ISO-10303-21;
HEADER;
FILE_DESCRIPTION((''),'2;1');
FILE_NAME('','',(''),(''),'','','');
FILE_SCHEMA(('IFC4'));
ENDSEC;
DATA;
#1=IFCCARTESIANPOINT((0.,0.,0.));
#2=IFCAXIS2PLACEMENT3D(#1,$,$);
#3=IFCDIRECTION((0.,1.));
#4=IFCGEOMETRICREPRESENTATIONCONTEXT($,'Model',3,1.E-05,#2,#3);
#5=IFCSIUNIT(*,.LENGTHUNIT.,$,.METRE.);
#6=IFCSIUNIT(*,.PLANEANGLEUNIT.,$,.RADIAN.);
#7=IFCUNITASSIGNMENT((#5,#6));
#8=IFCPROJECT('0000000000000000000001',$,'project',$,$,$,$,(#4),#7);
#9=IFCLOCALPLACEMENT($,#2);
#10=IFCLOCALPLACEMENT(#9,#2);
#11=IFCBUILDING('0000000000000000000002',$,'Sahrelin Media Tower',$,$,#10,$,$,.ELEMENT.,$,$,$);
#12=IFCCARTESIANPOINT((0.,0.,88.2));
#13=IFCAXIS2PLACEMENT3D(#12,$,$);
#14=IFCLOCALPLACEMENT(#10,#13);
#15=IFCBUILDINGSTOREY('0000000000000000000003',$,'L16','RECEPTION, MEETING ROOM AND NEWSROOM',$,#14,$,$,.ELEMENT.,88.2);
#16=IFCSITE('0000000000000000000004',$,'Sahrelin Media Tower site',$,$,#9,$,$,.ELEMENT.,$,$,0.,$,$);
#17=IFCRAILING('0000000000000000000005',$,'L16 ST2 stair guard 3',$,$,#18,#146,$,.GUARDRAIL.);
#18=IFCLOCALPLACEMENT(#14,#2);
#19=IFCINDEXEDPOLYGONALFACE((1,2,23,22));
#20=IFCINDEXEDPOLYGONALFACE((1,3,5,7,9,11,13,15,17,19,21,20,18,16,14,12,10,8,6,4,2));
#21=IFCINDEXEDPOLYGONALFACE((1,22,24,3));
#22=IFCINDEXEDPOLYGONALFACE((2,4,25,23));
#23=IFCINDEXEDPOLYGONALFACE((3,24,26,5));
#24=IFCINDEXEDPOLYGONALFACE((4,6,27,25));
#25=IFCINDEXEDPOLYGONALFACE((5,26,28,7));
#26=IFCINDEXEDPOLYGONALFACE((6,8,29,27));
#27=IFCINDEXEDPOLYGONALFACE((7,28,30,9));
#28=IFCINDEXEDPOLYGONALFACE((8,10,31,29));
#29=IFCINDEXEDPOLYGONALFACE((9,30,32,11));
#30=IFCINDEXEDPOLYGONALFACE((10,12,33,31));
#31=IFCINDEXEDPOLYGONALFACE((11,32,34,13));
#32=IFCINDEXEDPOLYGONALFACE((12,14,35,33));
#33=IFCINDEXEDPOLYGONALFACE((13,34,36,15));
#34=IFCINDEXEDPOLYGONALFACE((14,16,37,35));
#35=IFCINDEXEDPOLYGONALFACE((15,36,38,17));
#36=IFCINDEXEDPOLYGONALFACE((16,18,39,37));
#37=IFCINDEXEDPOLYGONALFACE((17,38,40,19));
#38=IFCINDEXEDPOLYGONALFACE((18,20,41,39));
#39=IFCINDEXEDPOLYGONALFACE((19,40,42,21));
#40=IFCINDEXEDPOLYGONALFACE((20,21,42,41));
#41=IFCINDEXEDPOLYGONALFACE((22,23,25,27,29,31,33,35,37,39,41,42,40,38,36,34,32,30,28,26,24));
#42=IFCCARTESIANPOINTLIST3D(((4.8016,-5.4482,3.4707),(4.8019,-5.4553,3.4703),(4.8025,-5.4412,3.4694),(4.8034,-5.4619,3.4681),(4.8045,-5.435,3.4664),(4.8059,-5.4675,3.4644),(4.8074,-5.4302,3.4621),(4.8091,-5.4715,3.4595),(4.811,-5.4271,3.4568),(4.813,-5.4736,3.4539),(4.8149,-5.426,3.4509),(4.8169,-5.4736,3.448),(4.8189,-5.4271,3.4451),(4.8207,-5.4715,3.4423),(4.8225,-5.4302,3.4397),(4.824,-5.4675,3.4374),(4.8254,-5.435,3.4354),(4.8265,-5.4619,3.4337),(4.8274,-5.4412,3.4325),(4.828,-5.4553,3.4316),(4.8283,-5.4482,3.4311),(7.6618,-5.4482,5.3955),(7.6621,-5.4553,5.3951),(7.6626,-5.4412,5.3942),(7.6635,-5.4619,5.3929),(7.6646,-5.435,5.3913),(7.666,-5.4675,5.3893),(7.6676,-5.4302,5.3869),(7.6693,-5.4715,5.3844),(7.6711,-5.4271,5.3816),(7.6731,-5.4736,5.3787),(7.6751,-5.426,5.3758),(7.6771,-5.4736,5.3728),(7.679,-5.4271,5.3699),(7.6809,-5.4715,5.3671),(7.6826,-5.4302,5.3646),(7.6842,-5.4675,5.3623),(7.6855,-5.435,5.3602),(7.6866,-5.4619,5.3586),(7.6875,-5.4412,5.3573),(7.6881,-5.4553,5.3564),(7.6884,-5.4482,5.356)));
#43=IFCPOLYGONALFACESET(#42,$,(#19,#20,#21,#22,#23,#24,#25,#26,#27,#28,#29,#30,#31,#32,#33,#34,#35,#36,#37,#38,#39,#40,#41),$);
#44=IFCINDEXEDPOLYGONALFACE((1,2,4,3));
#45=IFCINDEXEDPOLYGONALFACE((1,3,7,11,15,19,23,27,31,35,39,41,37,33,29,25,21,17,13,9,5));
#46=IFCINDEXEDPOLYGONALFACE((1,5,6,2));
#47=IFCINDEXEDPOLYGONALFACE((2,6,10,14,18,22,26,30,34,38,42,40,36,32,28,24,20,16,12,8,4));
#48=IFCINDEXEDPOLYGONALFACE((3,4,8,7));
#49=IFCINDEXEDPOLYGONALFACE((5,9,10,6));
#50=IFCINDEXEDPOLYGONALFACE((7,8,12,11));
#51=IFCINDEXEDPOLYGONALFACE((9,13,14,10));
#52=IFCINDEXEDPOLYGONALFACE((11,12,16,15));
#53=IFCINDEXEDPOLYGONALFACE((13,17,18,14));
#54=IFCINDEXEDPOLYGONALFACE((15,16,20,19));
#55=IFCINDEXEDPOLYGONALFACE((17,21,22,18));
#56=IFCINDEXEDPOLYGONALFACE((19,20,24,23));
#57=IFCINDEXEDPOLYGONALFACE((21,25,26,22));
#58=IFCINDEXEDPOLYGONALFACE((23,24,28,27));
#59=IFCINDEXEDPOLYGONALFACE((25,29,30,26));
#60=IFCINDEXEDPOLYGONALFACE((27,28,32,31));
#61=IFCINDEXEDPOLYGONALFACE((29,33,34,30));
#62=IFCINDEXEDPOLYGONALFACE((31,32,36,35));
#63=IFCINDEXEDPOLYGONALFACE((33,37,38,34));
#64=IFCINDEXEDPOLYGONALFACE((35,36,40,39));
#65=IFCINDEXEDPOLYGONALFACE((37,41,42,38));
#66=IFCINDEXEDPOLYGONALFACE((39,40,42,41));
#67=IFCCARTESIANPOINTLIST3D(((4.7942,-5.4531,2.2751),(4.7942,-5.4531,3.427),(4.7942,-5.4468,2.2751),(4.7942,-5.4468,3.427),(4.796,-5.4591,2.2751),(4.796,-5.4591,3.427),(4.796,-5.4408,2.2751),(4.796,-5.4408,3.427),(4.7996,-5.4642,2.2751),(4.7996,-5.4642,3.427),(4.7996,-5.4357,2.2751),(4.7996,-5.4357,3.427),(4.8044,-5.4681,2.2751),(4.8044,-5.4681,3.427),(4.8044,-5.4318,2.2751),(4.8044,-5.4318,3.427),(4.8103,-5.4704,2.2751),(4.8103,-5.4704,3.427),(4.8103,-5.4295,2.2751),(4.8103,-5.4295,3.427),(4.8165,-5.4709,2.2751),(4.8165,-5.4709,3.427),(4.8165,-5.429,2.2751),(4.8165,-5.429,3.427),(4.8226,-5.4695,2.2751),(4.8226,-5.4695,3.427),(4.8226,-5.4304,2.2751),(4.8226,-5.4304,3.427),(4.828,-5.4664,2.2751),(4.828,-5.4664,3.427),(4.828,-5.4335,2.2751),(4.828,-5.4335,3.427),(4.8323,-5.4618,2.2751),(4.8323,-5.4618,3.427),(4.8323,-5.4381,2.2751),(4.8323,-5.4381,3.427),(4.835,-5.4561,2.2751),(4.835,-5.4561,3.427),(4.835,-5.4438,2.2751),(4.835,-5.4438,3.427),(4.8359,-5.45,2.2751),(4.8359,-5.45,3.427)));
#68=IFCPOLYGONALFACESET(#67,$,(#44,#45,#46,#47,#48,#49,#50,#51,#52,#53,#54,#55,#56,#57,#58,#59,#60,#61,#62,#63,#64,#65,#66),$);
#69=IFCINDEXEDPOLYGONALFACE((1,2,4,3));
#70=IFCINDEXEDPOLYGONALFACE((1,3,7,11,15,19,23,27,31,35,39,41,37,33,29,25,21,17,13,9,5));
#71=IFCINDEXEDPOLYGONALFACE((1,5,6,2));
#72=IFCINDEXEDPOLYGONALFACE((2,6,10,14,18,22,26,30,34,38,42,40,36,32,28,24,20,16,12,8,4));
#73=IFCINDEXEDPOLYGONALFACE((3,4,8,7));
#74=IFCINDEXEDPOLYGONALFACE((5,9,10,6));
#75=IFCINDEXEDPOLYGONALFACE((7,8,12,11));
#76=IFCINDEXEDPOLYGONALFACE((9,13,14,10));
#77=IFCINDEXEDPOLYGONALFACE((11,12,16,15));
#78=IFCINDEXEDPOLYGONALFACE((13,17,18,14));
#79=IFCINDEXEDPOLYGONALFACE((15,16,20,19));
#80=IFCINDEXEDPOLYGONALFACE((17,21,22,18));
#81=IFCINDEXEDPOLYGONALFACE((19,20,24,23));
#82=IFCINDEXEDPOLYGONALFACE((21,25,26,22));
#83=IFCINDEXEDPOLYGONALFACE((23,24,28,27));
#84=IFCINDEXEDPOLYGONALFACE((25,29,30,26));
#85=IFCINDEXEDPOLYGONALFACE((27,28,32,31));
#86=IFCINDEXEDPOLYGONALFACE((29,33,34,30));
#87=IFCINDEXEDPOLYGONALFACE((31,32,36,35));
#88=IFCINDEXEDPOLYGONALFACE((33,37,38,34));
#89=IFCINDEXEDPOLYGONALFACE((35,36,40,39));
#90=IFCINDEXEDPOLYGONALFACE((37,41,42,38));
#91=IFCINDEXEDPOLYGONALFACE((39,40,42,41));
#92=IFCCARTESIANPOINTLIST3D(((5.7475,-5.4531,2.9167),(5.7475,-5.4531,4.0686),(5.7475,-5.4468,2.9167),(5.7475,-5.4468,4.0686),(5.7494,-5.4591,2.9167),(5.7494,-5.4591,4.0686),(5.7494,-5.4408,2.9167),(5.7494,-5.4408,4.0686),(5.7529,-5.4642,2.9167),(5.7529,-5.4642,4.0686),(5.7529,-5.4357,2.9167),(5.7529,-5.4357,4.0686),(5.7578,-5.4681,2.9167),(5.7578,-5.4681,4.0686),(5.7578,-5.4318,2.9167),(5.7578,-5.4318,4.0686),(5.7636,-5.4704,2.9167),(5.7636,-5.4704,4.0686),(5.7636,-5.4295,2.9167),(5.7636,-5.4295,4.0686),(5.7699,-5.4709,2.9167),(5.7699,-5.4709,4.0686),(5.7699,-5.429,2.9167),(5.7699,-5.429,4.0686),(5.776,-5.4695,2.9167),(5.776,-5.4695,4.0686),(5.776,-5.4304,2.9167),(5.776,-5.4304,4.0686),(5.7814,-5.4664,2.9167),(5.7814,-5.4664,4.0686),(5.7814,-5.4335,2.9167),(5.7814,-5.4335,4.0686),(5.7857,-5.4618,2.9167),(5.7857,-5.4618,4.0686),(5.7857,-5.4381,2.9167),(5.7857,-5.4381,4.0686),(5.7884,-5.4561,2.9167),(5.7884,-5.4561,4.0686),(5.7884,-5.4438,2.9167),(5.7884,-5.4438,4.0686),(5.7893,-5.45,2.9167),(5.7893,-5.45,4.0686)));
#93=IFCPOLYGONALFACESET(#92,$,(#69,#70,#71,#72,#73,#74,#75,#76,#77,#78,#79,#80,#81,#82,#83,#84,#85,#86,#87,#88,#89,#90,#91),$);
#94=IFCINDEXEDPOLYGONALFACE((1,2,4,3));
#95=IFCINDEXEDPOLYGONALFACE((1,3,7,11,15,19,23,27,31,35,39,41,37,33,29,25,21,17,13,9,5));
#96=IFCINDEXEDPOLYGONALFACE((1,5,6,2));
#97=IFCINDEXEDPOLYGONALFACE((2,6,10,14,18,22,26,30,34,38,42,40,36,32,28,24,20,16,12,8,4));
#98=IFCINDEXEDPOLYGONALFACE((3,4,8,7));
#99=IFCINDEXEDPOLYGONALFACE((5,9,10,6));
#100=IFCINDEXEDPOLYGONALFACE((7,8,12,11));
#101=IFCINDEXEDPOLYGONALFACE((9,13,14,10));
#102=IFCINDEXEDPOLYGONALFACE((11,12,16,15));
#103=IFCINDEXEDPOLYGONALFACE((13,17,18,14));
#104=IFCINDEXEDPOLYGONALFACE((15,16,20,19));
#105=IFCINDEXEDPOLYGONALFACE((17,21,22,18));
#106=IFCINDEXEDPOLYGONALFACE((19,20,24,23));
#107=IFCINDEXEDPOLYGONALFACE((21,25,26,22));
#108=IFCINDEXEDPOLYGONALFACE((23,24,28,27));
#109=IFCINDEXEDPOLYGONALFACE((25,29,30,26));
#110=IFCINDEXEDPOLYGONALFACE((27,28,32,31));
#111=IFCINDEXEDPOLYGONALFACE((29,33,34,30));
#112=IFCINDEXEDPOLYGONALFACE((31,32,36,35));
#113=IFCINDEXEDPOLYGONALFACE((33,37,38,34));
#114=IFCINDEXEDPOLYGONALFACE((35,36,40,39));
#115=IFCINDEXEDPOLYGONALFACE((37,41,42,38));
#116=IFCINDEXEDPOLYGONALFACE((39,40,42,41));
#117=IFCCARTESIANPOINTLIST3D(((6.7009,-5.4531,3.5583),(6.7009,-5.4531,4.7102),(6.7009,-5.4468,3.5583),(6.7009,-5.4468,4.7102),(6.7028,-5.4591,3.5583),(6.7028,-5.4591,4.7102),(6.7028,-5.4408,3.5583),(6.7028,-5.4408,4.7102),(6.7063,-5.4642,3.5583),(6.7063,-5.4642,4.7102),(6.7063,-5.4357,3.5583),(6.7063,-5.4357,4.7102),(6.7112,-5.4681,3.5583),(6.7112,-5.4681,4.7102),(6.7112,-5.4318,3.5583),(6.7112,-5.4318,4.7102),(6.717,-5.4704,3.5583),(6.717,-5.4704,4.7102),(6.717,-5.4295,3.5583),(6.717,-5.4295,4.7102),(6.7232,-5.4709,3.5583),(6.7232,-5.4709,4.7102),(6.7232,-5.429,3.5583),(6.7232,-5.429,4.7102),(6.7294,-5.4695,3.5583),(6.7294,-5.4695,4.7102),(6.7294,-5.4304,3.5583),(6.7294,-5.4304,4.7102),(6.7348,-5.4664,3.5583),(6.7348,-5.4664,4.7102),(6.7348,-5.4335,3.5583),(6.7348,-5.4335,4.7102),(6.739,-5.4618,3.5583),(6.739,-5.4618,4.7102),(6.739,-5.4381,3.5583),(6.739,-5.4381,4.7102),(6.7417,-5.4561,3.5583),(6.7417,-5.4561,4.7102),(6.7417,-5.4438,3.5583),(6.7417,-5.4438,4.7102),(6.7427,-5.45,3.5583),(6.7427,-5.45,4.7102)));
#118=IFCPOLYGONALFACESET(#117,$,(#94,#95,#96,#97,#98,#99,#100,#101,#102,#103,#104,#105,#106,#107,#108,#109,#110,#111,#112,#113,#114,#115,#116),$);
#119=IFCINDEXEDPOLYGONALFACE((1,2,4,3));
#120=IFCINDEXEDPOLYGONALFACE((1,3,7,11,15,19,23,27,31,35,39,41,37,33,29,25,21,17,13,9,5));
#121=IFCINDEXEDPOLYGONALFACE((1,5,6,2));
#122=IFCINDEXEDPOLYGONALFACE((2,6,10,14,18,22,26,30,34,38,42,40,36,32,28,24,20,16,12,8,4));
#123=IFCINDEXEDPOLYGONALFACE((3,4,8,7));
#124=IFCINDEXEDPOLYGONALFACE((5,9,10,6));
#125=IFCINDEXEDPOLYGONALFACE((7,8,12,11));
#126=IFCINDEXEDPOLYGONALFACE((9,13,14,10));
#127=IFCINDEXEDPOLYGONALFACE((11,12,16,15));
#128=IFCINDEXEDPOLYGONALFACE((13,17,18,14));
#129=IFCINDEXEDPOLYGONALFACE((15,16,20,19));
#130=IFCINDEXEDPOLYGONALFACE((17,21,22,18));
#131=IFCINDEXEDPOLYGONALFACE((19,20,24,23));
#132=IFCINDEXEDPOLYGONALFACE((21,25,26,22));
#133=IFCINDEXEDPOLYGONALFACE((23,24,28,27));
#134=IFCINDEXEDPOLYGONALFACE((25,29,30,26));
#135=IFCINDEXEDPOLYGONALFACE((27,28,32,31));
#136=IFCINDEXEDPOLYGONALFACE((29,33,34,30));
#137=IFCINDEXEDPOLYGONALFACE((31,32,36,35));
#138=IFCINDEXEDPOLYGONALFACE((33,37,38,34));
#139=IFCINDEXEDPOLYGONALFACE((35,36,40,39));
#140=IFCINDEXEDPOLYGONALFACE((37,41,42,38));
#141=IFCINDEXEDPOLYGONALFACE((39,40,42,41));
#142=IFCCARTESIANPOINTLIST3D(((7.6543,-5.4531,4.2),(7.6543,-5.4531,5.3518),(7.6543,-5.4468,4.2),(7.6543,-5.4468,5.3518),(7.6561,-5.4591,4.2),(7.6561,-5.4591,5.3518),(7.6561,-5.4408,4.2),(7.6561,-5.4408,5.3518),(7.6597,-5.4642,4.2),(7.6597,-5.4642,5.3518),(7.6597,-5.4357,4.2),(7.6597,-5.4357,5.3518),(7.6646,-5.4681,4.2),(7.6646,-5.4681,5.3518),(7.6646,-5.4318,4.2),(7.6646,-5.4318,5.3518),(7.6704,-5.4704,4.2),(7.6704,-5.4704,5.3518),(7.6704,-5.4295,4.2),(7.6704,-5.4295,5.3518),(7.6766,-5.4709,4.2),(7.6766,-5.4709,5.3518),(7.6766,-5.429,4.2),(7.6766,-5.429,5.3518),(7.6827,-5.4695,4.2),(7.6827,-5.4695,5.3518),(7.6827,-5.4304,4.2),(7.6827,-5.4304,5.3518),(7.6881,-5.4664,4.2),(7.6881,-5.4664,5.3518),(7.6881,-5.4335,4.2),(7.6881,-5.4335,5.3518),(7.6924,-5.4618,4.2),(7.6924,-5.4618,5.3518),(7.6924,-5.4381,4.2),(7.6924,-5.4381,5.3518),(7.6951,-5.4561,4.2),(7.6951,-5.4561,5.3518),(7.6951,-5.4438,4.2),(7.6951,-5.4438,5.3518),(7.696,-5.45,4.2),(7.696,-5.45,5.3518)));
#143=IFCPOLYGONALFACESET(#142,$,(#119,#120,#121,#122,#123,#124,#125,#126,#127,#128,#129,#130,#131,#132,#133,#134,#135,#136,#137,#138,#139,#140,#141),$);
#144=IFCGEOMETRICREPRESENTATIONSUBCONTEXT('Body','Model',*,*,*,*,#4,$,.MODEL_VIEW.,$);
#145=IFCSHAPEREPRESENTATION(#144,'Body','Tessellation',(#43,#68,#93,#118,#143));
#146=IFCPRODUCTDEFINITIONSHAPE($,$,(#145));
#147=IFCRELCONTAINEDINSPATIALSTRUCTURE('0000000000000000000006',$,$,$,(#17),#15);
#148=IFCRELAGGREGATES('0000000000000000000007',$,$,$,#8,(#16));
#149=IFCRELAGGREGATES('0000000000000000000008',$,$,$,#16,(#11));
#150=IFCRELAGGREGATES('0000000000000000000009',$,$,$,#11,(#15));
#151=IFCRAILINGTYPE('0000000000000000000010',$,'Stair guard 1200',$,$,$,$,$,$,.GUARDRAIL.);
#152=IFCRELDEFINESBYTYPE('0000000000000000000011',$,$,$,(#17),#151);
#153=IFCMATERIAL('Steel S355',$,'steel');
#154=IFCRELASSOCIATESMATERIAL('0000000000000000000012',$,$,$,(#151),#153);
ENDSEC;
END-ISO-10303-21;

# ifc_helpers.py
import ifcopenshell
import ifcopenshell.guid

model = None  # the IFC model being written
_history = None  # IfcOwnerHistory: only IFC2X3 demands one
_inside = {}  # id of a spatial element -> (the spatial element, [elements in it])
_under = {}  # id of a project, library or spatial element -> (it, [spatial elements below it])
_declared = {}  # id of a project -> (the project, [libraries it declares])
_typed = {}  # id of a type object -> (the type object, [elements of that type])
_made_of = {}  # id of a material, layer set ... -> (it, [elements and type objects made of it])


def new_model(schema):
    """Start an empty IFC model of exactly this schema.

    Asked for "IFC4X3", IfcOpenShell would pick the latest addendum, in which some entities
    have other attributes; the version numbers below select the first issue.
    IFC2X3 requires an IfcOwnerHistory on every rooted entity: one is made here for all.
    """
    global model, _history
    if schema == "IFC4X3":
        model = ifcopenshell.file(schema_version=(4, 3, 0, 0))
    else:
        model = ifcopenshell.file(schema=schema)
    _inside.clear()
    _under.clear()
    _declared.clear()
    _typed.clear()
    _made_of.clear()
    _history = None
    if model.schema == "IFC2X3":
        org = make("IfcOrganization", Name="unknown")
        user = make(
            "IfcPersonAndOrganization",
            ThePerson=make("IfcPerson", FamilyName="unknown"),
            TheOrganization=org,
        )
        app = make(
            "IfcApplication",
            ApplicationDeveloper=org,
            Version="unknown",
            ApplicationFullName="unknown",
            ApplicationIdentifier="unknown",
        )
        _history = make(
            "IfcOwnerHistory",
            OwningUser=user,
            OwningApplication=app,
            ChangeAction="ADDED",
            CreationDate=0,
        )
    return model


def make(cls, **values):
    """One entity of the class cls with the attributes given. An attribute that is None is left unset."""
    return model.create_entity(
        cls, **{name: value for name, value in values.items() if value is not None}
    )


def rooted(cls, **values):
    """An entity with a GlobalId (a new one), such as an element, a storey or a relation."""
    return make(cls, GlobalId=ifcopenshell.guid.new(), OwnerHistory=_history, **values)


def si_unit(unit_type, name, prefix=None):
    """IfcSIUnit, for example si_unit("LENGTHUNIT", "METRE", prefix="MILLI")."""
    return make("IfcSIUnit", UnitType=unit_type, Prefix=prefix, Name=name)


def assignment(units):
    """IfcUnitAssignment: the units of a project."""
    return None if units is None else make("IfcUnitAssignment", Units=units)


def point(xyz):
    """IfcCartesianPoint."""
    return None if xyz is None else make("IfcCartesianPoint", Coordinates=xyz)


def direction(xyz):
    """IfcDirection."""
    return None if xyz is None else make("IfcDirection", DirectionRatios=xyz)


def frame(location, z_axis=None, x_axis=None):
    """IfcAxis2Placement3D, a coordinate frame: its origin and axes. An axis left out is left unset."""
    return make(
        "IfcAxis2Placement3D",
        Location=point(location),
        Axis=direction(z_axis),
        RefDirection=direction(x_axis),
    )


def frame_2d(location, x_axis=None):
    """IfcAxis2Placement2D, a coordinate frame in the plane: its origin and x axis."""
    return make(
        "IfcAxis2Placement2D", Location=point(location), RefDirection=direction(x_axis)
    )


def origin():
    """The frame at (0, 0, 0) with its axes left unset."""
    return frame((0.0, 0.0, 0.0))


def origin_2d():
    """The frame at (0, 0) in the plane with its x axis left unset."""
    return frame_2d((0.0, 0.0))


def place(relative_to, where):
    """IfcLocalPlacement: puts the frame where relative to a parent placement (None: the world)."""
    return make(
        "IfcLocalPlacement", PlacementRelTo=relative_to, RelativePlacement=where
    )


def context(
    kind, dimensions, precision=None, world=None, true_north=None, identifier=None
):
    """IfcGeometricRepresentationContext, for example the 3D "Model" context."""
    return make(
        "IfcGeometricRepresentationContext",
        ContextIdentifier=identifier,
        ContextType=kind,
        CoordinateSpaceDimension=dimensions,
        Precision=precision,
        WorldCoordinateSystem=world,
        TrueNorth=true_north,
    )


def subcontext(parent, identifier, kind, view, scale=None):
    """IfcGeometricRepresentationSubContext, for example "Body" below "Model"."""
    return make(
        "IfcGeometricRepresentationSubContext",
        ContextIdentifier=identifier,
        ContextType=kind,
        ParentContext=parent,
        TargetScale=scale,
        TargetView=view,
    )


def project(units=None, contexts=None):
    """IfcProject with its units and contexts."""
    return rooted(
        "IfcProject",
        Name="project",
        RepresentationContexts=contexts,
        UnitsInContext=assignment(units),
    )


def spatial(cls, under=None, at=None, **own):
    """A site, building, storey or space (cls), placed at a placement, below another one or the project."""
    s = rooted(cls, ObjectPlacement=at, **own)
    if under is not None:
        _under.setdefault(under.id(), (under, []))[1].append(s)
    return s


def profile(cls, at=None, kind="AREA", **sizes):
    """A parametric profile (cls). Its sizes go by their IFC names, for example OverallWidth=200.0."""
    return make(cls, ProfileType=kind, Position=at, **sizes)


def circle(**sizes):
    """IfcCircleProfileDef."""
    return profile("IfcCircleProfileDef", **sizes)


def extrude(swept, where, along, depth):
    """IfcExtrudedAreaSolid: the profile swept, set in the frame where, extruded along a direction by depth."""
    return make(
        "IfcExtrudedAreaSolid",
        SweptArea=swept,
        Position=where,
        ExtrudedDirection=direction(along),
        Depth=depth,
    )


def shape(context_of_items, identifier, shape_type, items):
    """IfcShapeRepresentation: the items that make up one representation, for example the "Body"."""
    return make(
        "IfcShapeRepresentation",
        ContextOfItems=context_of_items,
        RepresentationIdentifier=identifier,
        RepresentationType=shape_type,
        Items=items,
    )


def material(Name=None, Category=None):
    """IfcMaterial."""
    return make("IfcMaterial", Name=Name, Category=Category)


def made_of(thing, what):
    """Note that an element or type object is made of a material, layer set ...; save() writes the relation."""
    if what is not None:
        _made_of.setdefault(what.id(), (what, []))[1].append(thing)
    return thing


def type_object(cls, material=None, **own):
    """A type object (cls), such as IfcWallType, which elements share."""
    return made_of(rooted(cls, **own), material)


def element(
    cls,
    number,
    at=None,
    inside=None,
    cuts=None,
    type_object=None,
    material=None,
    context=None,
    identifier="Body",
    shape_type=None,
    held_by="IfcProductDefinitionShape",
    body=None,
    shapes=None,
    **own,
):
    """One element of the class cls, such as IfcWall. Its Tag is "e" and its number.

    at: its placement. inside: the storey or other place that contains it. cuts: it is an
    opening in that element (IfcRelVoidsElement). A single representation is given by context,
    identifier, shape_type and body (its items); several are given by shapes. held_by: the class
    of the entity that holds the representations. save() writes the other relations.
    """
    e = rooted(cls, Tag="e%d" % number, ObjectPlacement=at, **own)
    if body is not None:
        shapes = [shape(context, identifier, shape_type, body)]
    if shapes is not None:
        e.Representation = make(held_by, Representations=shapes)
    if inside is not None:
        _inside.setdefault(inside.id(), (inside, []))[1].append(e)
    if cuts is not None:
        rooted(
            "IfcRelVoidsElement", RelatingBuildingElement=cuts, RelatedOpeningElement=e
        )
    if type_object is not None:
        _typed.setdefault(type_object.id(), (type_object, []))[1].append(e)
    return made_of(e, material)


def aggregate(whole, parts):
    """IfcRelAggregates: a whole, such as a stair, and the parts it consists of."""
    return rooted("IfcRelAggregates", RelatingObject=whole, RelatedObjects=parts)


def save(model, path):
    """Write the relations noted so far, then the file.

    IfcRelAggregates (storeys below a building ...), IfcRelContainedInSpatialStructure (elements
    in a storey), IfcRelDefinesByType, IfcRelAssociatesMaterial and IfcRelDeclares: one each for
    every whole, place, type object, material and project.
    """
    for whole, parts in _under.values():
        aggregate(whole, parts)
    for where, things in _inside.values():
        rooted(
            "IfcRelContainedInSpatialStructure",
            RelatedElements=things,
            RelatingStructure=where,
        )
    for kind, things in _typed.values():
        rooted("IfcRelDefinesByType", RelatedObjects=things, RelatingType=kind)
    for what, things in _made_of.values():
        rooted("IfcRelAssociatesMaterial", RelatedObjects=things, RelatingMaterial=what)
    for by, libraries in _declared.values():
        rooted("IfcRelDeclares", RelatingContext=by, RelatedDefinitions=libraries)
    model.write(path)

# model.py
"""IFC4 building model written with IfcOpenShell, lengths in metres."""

from ifc_helpers import new_model, si_unit, direction, frame, origin, origin_2d, place, context, subcontext, project, spatial, circle, extrude, material, type_object, element, save


model = new_model("IFC4")

# Units and contexts
model_context = context("Model", 3, precision=1e-05, world=origin(), true_north=direction((0.0, 1.0)))
body_context = subcontext(model_context, "Body", "Model", "MODEL_VIEW")
ifc_project = project(units=[si_unit("LENGTHUNIT", "METRE"), si_unit("PLANEANGLEUNIT", "RADIAN")], contexts=[model_context])

# Site, building, storey
site_placement = place(None, origin())
site = spatial("IfcSite", under=ifc_project, at=site_placement, Name="Sahrelin Media Tower site", CompositionType="ELEMENT", RefElevation=0.0)
building_placement = place(site_placement, origin())
building = spatial("IfcBuilding", under=site, at=building_placement, Name="Sahrelin Media Tower", CompositionType="ELEMENT")
storey_placement = place(building_placement, frame((0.0, 0.0, 88.2)))
storey = spatial("IfcBuildingStorey", under=building, at=storey_placement, Name="L16", Description="RECEPTION, MEETING ROOM AND NEWSROOM", CompositionType="ELEMENT", Elevation=88.2)

# Railing
ifc_material_1 = material(Name="Steel S355", Category="steel")
railing_type_1 = type_object("IfcRailingType", Name="Stair guard 1200", PredefinedType="GUARDRAIL", material=ifc_material_1)
railing_1_placement = place(storey_placement, frame((4.8149, -5.45, 2.2751)))
element("IfcRailing", 1, at=railing_1_placement, inside=storey, type_object=railing_type_1, Name="L16 ST2 stair guard 3", PredefinedType="GUARDRAIL", context=body_context, shape_type="SweptSolid", body=[
    extrude(circle(Radius=0.0239, at=origin_2d()), frame((0.0, 0.0, 1.1758), z_axis=(0.829624, 0.0, 0.558323), x_axis=(0.0, 1.0, 0.0)), (0.0, 0.0, 1.0), 3.4475),
    extrude(circle(Radius=0.021, at=origin_2d()), origin(), (0.0, 0.0, 1.0), 1.1519),
    extrude(circle(Radius=0.021, at=origin_2d()), frame((0.9534, 0.0, 0.6416)), (0.0, 0.0, 1.0), 1.1519),
    extrude(circle(Radius=0.021, at=origin_2d()), frame((1.9067, 0.0, 1.2832)), (0.0, 0.0, 1.0), 1.1519),
    extrude(circle(Radius=0.021, at=origin_2d()), frame((2.8601, 0.0, 1.9248)), (0.0, 0.0, 1.0), 1.1519),
])

save(model, "model.ifc")
